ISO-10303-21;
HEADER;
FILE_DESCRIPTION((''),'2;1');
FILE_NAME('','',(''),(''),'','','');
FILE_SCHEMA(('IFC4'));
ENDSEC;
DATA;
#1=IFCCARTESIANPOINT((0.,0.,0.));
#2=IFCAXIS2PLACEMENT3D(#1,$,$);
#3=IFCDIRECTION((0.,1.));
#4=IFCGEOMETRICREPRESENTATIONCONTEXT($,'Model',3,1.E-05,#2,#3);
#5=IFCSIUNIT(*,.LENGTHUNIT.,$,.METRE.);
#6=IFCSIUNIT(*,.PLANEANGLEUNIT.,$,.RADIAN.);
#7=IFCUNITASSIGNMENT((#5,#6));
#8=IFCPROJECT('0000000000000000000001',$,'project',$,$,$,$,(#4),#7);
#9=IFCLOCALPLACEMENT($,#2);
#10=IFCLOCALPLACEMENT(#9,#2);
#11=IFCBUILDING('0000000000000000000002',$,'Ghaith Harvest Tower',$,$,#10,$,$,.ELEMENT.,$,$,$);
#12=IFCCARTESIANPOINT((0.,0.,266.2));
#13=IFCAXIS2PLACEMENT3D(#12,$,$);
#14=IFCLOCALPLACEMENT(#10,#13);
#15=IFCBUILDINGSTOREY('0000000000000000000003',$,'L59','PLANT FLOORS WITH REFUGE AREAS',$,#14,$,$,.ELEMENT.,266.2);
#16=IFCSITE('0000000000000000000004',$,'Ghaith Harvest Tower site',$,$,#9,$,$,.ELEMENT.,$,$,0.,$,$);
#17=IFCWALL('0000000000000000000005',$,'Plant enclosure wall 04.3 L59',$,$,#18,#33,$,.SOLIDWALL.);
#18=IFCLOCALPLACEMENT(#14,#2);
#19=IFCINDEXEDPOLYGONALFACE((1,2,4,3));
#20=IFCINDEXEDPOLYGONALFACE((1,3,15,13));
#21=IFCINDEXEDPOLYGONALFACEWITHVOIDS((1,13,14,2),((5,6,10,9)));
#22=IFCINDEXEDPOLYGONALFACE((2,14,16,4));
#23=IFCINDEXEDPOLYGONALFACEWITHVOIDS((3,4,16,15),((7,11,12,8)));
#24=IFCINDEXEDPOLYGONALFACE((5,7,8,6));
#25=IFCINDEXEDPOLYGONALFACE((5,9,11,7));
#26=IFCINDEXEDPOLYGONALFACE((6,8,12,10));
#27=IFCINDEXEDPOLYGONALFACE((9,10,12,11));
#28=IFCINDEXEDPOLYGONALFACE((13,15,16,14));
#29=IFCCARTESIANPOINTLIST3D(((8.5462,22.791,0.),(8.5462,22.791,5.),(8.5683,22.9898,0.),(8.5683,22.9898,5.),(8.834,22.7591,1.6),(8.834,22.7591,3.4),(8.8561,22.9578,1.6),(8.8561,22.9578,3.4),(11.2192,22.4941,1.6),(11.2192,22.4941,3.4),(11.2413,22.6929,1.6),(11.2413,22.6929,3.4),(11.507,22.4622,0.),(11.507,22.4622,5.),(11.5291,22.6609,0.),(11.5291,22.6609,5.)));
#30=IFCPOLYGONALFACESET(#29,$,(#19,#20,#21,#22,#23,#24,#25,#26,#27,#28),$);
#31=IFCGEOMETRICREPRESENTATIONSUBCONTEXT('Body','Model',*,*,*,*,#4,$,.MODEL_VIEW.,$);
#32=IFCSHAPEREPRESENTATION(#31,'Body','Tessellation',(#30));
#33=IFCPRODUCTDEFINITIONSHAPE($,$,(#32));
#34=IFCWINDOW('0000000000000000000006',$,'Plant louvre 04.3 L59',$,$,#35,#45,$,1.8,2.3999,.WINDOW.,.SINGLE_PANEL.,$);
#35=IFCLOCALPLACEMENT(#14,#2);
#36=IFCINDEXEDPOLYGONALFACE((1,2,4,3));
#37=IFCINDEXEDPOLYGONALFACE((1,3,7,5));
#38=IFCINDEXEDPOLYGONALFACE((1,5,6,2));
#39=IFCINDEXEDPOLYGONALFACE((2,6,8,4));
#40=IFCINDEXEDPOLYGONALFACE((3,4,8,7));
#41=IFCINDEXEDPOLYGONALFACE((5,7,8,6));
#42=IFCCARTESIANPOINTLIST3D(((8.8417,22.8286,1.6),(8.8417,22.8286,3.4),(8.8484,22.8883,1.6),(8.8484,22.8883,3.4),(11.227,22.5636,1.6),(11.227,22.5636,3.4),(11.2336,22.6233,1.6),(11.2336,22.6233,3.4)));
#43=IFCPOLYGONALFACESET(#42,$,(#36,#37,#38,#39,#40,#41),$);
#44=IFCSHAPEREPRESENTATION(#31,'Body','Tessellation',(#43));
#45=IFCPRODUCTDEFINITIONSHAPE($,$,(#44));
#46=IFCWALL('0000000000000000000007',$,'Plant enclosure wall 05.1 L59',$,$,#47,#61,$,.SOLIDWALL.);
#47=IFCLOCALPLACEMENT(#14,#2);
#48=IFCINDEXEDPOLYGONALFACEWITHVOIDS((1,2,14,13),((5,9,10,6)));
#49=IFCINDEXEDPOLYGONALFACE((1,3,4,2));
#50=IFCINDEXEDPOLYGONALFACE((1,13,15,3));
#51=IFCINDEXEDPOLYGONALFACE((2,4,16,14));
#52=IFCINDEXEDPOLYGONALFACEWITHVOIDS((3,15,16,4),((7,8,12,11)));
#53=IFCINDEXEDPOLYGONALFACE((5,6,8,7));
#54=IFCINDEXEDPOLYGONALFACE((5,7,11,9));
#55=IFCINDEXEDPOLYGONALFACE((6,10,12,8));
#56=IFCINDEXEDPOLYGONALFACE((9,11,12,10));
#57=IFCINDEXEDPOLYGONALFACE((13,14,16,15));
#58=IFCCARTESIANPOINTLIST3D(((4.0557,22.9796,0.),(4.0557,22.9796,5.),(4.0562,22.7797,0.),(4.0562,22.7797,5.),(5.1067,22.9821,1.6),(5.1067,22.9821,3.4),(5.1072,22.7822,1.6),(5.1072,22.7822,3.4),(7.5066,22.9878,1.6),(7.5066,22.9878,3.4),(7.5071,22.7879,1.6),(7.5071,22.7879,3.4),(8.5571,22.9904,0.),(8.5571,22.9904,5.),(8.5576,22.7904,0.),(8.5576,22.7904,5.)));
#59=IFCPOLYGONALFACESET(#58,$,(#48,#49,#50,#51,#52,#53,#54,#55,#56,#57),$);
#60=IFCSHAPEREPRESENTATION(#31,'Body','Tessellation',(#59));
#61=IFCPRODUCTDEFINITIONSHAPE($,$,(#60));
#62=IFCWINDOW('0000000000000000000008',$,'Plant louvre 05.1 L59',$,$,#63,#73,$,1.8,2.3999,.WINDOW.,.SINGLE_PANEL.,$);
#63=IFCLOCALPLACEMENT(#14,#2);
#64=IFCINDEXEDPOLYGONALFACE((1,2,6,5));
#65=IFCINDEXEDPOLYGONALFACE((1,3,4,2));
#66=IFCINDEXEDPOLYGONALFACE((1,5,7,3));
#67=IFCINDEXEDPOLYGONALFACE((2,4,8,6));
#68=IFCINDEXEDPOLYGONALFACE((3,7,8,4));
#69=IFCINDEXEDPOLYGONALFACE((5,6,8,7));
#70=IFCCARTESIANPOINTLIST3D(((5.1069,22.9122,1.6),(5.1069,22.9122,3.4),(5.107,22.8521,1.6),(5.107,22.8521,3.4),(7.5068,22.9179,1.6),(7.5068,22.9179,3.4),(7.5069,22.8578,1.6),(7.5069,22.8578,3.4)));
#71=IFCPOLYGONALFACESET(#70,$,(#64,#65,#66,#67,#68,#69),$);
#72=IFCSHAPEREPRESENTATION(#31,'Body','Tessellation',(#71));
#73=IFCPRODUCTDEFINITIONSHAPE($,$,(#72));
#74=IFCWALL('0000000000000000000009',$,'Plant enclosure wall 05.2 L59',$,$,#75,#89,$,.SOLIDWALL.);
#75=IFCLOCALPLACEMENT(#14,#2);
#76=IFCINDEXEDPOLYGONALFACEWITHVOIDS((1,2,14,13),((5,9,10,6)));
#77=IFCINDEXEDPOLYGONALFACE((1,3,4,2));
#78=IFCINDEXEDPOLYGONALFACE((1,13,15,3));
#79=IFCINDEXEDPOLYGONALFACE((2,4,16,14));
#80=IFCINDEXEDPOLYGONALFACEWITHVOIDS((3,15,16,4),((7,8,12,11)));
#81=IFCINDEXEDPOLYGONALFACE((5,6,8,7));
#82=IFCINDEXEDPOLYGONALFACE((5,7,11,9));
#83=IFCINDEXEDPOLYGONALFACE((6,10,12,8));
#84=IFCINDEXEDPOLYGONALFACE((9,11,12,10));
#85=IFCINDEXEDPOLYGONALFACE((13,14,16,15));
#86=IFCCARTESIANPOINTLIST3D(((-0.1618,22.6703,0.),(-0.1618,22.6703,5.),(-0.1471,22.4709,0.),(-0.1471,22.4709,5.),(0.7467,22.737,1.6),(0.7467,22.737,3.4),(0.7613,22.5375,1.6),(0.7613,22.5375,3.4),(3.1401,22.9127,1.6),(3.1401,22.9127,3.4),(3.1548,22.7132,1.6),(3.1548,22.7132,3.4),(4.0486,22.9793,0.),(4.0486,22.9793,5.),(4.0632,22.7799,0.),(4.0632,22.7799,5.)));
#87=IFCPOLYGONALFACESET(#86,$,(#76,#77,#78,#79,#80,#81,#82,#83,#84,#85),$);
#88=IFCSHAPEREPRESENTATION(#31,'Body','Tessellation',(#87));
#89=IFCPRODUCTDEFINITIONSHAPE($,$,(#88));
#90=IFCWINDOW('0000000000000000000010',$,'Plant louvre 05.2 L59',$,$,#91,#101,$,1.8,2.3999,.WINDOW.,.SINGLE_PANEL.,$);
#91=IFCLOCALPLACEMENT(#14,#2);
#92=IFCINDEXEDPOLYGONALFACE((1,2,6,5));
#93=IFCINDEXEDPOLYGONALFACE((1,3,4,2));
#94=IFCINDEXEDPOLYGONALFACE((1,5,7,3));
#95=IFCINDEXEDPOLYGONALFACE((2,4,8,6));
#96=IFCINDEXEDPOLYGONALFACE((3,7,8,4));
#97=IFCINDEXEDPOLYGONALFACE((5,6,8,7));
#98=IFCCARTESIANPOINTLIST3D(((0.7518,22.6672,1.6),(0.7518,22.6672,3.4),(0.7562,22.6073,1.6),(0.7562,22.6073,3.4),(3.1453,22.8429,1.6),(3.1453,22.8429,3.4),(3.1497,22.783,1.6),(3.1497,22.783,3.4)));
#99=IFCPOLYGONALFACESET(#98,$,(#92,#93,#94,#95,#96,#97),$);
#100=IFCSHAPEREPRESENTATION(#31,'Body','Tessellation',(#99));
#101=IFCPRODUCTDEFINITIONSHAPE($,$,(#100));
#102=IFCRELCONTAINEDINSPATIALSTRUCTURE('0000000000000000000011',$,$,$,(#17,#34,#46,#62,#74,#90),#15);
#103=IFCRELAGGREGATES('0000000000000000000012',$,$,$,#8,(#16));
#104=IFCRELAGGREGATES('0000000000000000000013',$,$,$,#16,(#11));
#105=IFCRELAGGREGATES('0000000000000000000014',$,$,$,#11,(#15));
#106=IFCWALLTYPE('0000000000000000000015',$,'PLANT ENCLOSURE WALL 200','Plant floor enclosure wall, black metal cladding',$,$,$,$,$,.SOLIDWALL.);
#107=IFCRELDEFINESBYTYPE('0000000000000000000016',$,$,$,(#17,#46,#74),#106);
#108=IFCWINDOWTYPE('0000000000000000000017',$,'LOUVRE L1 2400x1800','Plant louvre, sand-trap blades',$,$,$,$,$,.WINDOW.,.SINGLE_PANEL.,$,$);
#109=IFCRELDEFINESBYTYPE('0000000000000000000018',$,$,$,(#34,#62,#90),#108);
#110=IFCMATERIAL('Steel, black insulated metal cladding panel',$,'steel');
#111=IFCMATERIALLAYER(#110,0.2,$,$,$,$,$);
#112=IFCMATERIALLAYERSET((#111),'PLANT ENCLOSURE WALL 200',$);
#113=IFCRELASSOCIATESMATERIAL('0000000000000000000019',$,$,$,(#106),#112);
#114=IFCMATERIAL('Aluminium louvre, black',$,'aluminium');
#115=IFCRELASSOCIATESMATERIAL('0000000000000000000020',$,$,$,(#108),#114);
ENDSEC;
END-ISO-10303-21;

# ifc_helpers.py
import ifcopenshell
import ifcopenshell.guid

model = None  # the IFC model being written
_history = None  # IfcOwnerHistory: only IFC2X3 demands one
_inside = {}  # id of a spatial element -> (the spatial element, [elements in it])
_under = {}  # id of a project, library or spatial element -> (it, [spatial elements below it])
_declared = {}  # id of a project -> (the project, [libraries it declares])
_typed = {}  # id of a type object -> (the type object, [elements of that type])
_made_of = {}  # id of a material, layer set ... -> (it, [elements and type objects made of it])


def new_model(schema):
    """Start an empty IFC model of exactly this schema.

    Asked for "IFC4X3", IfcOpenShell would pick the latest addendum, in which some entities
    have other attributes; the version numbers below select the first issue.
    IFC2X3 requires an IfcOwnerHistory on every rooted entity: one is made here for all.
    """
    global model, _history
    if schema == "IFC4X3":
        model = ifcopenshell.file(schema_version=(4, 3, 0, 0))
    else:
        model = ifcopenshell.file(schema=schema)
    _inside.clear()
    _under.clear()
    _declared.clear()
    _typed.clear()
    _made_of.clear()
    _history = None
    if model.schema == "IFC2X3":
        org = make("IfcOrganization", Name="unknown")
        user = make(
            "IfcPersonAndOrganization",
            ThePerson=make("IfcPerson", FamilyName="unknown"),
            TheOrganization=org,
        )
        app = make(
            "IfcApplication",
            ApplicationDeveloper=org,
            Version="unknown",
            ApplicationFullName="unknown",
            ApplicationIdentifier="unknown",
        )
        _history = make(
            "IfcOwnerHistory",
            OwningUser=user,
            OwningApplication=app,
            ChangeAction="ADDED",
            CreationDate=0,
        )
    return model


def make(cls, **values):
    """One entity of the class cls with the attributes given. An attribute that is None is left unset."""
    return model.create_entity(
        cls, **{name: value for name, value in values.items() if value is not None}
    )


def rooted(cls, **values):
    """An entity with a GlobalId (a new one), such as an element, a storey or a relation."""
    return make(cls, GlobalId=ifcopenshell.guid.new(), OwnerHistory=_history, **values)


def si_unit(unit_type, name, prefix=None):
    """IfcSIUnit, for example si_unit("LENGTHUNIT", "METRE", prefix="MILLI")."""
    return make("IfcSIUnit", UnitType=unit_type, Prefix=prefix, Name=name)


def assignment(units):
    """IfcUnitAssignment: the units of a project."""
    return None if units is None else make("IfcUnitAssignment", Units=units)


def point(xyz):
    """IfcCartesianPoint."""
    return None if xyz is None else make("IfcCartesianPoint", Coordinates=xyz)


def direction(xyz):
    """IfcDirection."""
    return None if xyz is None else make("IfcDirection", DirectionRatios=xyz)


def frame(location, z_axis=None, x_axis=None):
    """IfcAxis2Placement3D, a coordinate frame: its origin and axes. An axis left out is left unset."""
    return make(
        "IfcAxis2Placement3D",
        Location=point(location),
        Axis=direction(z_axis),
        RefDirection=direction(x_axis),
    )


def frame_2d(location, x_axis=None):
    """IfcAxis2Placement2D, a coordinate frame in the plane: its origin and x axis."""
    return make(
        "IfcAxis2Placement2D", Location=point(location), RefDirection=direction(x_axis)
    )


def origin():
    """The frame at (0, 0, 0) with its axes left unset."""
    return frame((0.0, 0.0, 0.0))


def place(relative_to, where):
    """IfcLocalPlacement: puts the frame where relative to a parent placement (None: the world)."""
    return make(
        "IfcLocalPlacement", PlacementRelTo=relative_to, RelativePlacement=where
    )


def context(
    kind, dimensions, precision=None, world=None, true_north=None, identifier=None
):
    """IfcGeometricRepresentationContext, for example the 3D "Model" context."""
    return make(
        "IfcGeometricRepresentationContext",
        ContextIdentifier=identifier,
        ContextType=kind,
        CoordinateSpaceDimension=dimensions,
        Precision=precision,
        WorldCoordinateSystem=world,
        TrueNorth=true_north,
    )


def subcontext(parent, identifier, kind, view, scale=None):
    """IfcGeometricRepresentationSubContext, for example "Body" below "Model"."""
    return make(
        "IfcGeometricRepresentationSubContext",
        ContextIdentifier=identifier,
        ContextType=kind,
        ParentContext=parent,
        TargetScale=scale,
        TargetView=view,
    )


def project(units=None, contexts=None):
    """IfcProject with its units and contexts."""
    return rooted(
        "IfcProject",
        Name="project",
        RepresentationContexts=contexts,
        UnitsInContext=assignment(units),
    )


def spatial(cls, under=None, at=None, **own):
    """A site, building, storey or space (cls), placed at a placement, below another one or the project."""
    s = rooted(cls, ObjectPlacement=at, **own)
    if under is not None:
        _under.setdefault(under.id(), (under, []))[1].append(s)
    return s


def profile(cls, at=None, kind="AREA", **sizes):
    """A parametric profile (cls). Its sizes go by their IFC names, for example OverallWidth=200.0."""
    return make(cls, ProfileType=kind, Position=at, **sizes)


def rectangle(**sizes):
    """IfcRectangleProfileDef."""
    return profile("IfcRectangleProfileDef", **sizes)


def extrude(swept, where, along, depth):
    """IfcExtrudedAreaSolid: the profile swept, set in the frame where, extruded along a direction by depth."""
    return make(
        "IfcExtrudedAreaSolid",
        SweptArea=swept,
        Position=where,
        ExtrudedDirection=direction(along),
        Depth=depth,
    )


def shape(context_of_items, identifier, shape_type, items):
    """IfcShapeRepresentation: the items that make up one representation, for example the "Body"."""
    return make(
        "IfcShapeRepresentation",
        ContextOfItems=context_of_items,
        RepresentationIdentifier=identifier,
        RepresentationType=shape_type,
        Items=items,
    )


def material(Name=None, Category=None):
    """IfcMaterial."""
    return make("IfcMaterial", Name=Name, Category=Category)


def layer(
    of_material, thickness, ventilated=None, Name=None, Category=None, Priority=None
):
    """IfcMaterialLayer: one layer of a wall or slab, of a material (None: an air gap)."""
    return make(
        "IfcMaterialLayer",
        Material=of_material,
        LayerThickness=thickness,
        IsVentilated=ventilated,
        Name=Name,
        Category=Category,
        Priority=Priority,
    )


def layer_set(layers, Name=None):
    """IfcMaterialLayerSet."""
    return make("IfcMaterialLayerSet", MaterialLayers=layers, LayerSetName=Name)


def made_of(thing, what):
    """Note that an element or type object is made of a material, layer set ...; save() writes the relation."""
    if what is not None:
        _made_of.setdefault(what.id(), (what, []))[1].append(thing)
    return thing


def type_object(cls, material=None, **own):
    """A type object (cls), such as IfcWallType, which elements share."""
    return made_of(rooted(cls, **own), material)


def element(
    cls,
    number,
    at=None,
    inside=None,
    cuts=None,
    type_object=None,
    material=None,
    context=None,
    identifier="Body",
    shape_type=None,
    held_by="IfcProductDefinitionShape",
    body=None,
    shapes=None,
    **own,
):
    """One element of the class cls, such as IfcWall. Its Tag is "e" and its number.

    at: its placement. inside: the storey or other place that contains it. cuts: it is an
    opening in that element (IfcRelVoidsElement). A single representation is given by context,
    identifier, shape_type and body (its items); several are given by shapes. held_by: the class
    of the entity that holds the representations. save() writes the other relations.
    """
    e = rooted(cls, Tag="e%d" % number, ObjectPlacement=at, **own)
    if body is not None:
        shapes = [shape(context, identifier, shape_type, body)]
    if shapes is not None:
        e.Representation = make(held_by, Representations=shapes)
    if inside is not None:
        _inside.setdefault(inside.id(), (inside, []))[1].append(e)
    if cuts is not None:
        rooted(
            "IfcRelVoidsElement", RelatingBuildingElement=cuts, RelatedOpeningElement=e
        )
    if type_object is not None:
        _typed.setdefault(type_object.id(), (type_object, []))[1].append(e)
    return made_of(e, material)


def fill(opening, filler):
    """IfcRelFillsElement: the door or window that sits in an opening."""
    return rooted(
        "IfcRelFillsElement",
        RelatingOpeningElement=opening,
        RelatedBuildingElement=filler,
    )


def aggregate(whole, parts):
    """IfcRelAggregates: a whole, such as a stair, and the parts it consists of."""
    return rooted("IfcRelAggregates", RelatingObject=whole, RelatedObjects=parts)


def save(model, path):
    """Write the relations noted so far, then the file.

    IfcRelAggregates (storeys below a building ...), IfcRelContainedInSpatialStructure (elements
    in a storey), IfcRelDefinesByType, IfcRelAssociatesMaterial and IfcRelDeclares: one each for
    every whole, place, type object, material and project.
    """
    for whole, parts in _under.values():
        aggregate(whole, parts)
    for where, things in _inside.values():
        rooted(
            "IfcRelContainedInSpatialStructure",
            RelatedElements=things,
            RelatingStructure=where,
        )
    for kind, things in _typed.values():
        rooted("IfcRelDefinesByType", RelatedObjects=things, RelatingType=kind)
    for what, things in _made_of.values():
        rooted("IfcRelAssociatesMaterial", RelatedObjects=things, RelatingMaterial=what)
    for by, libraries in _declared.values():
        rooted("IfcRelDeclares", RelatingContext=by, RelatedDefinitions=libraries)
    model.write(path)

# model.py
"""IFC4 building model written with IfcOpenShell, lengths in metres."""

from ifc_helpers import new_model, si_unit, direction, frame, frame_2d, origin, place, context, subcontext, project, spatial, rectangle, extrude, material, layer, layer_set, type_object, element, fill, save


model = new_model("IFC4")

# Units and contexts
model_context = context("Model", 3, precision=1e-05, world=origin(), true_north=direction((0.0, 1.0)))
body_context = subcontext(model_context, "Body", "Model", "MODEL_VIEW")
ifc_project = project(units=[si_unit("LENGTHUNIT", "METRE"), si_unit("PLANEANGLEUNIT", "RADIAN")], contexts=[model_context])

# Site, building, storey
site_placement = place(None, origin())
site = spatial("IfcSite", under=ifc_project, at=site_placement, Name="Ghaith Harvest Tower site", CompositionType="ELEMENT", RefElevation=0.0)
building_placement = place(site_placement, origin())
building = spatial("IfcBuilding", under=site, at=building_placement, Name="Ghaith Harvest Tower", CompositionType="ELEMENT")
storey_placement = place(building_placement, frame((0.0, 0.0, 266.2)))
storey = spatial("IfcBuildingStorey", under=building, at=storey_placement, Name="L59", Description="PLANT FLOORS WITH REFUGE AREAS", CompositionType="ELEMENT", Elevation=266.2)

# Walls, openings, windows
ifc_material_1 = material(Name="Steel, black insulated metal cladding panel", Category="steel")
ifc_layer_1 = layer(ifc_material_1, 0.2)
ifc_layer_set_1 = layer_set([ifc_layer_1], Name="PLANT ENCLOSURE WALL 200")
wall_type_1 = type_object("IfcWallType", Name="PLANT ENCLOSURE WALL 200", Description="Plant floor enclosure wall, black metal cladding", PredefinedType="SOLIDWALL", material=ifc_layer_set_1)
wall_1_placement = place(storey_placement, frame((11.5181, 22.5615, 0.0), z_axis=(0.0, 0.0, 1.0), x_axis=(-0.993888, 0.110396, 0.0)))
wall_1 = element("IfcWall", 1, at=wall_1_placement, inside=storey, type_object=wall_type_1, Name="Plant enclosure wall 04.3 L59", PredefinedType="SOLIDWALL", context=body_context, shape_type="SweptSolid", body=[
    extrude(rectangle(XDim=2.979, YDim=0.2, at=frame_2d((1.4895, 0.0))), origin(), (0.0, 0.0, 1.0), 5.0),
])
opening_1_placement = place(wall_1_placement, frame((0.2896, 0.0, 1.6001)))
opening_1 = element("IfcOpeningElement", 2, at=opening_1_placement, cuts=wall_1, PredefinedType="OPENING", context=body_context, shape_type="SweptSolid", body=[
    extrude(rectangle(XDim=2.3999, YDim=1.8, at=frame_2d((1.2, 0.8999))), frame((0.0, 0.1099, 0.0), z_axis=(0.0, -1.0, 0.0), x_axis=(1.0, 0.0, 0.0)), (0.0, 0.0, 1.0), 0.22),
])
ifc_material_2 = material(Name="Aluminium louvre, black", Category="aluminium")
window_type = type_object("IfcWindowType", Name="LOUVRE L1 2400x1800", Description="Plant louvre, sand-trap blades", PartitioningType="SINGLE_PANEL", PredefinedType="WINDOW", material=ifc_material_2)
window_1_placement = place(opening_1_placement, origin())
window_1 = element("IfcWindow", 3, at=window_1_placement, inside=storey, type_object=window_type, Name="Plant louvre 04.3 L59", OverallHeight=1.8, OverallWidth=2.3999, PartitioningType="SINGLE_PANEL", PredefinedType="WINDOW", context=body_context, shape_type="SweptSolid", body=[
    extrude(rectangle(XDim=2.3999, YDim=1.8, at=frame_2d((1.2, 0.8999))), frame((0.0, 0.03, 0.0), z_axis=(0.0, -1.0, 0.0), x_axis=(1.0, 0.0, 0.0)), (0.0, 0.0, 1.0), 0.0601),
])
fill(opening_1, window_1)
wall_2_placement = place(storey_placement, frame((8.5574, 22.8904, 0.0), z_axis=(0.0, 0.0, 1.0), x_axis=(-0.999997, -0.002386, 0.0)))
wall_2 = element("IfcWall", 4, at=wall_2_placement, inside=storey, type_object=wall_type_1, Name="Plant enclosure wall 05.1 L59", PredefinedType="SOLIDWALL", context=body_context, shape_type="SweptSolid", body=[
    extrude(rectangle(XDim=4.5015, YDim=0.2, at=frame_2d((2.2507, 0.0))), origin(), (0.0, 0.0, 1.0), 5.0),
])
opening_2_placement = place(wall_2_placement, frame((1.0505, 0.0, 1.6001)))
opening_2 = element("IfcOpeningElement", 5, at=opening_2_placement, cuts=wall_2, PredefinedType="OPENING", context=body_context, shape_type="SweptSolid", body=[
    extrude(rectangle(XDim=2.3999, YDim=1.8, at=frame_2d((1.2, 0.8999))), frame((0.0, 0.1099, 0.0), z_axis=(0.0, -1.0, 0.0), x_axis=(1.0, 0.0, 0.0)), (0.0, 0.0, 1.0), 0.22),
])
window_2_placement = place(opening_2_placement, origin())
window_2 = element("IfcWindow", 6, at=window_2_placement, inside=storey, type_object=window_type, Name="Plant louvre 05.1 L59", OverallHeight=1.8, OverallWidth=2.3999, PartitioningType="SINGLE_PANEL", PredefinedType="WINDOW", context=body_context, shape_type="SweptSolid", body=[
    extrude(rectangle(XDim=2.3999, YDim=1.8, at=frame_2d((1.2, 0.8999))), frame((0.0, 0.03, 0.0), z_axis=(0.0, -1.0, 0.0), x_axis=(1.0, 0.0, 0.0)), (0.0, 0.0, 1.0), 0.0601),
])
fill(opening_2, window_2)
wall_3_placement = place(storey_placement, frame((4.0559, 22.8796, 0.0), z_axis=(0.0, 0.0, 1.0), x_axis=(-0.997316, -0.073211, 0.0)))
wall_3 = element("IfcWall", 7, at=wall_3_placement, inside=storey, type_object=wall_type_1, Name="Plant enclosure wall 05.2 L59", PredefinedType="SOLIDWALL", context=body_context, shape_type="SweptSolid", body=[
    extrude(rectangle(XDim=4.2217, YDim=0.2, at=frame_2d((2.1108, 0.0))), origin(), (0.0, 0.0, 1.0), 5.0),
])
opening_3_placement = place(wall_3_placement, frame((0.9109, 0.0, 1.6001)))
opening_3 = element("IfcOpeningElement", 8, at=opening_3_placement, cuts=wall_3, PredefinedType="OPENING", context=body_context, shape_type="SweptSolid", body=[
    extrude(rectangle(XDim=2.3999, YDim=1.8, at=frame_2d((1.2, 0.8999))), frame((0.0, 0.1099, 0.0), z_axis=(0.0, -1.0, 0.0), x_axis=(1.0, 0.0, 0.0)), (0.0, 0.0, 1.0), 0.22),
])
window_3_placement = place(opening_3_placement, origin())
window_3 = element("IfcWindow", 9, at=window_3_placement, inside=storey, type_object=window_type, Name="Plant louvre 05.2 L59", OverallHeight=1.8, OverallWidth=2.3999, PartitioningType="SINGLE_PANEL", PredefinedType="WINDOW", context=body_context, shape_type="SweptSolid", body=[
    extrude(rectangle(XDim=2.3999, YDim=1.8, at=frame_2d((1.2, 0.8999))), frame((0.0, 0.03, 0.0), z_axis=(0.0, -1.0, 0.0), x_axis=(1.0, 0.0, 0.0)), (0.0, 0.0, 1.0), 0.0601),
])
fill(opening_3, window_3)

save(model, "model.ifc")
